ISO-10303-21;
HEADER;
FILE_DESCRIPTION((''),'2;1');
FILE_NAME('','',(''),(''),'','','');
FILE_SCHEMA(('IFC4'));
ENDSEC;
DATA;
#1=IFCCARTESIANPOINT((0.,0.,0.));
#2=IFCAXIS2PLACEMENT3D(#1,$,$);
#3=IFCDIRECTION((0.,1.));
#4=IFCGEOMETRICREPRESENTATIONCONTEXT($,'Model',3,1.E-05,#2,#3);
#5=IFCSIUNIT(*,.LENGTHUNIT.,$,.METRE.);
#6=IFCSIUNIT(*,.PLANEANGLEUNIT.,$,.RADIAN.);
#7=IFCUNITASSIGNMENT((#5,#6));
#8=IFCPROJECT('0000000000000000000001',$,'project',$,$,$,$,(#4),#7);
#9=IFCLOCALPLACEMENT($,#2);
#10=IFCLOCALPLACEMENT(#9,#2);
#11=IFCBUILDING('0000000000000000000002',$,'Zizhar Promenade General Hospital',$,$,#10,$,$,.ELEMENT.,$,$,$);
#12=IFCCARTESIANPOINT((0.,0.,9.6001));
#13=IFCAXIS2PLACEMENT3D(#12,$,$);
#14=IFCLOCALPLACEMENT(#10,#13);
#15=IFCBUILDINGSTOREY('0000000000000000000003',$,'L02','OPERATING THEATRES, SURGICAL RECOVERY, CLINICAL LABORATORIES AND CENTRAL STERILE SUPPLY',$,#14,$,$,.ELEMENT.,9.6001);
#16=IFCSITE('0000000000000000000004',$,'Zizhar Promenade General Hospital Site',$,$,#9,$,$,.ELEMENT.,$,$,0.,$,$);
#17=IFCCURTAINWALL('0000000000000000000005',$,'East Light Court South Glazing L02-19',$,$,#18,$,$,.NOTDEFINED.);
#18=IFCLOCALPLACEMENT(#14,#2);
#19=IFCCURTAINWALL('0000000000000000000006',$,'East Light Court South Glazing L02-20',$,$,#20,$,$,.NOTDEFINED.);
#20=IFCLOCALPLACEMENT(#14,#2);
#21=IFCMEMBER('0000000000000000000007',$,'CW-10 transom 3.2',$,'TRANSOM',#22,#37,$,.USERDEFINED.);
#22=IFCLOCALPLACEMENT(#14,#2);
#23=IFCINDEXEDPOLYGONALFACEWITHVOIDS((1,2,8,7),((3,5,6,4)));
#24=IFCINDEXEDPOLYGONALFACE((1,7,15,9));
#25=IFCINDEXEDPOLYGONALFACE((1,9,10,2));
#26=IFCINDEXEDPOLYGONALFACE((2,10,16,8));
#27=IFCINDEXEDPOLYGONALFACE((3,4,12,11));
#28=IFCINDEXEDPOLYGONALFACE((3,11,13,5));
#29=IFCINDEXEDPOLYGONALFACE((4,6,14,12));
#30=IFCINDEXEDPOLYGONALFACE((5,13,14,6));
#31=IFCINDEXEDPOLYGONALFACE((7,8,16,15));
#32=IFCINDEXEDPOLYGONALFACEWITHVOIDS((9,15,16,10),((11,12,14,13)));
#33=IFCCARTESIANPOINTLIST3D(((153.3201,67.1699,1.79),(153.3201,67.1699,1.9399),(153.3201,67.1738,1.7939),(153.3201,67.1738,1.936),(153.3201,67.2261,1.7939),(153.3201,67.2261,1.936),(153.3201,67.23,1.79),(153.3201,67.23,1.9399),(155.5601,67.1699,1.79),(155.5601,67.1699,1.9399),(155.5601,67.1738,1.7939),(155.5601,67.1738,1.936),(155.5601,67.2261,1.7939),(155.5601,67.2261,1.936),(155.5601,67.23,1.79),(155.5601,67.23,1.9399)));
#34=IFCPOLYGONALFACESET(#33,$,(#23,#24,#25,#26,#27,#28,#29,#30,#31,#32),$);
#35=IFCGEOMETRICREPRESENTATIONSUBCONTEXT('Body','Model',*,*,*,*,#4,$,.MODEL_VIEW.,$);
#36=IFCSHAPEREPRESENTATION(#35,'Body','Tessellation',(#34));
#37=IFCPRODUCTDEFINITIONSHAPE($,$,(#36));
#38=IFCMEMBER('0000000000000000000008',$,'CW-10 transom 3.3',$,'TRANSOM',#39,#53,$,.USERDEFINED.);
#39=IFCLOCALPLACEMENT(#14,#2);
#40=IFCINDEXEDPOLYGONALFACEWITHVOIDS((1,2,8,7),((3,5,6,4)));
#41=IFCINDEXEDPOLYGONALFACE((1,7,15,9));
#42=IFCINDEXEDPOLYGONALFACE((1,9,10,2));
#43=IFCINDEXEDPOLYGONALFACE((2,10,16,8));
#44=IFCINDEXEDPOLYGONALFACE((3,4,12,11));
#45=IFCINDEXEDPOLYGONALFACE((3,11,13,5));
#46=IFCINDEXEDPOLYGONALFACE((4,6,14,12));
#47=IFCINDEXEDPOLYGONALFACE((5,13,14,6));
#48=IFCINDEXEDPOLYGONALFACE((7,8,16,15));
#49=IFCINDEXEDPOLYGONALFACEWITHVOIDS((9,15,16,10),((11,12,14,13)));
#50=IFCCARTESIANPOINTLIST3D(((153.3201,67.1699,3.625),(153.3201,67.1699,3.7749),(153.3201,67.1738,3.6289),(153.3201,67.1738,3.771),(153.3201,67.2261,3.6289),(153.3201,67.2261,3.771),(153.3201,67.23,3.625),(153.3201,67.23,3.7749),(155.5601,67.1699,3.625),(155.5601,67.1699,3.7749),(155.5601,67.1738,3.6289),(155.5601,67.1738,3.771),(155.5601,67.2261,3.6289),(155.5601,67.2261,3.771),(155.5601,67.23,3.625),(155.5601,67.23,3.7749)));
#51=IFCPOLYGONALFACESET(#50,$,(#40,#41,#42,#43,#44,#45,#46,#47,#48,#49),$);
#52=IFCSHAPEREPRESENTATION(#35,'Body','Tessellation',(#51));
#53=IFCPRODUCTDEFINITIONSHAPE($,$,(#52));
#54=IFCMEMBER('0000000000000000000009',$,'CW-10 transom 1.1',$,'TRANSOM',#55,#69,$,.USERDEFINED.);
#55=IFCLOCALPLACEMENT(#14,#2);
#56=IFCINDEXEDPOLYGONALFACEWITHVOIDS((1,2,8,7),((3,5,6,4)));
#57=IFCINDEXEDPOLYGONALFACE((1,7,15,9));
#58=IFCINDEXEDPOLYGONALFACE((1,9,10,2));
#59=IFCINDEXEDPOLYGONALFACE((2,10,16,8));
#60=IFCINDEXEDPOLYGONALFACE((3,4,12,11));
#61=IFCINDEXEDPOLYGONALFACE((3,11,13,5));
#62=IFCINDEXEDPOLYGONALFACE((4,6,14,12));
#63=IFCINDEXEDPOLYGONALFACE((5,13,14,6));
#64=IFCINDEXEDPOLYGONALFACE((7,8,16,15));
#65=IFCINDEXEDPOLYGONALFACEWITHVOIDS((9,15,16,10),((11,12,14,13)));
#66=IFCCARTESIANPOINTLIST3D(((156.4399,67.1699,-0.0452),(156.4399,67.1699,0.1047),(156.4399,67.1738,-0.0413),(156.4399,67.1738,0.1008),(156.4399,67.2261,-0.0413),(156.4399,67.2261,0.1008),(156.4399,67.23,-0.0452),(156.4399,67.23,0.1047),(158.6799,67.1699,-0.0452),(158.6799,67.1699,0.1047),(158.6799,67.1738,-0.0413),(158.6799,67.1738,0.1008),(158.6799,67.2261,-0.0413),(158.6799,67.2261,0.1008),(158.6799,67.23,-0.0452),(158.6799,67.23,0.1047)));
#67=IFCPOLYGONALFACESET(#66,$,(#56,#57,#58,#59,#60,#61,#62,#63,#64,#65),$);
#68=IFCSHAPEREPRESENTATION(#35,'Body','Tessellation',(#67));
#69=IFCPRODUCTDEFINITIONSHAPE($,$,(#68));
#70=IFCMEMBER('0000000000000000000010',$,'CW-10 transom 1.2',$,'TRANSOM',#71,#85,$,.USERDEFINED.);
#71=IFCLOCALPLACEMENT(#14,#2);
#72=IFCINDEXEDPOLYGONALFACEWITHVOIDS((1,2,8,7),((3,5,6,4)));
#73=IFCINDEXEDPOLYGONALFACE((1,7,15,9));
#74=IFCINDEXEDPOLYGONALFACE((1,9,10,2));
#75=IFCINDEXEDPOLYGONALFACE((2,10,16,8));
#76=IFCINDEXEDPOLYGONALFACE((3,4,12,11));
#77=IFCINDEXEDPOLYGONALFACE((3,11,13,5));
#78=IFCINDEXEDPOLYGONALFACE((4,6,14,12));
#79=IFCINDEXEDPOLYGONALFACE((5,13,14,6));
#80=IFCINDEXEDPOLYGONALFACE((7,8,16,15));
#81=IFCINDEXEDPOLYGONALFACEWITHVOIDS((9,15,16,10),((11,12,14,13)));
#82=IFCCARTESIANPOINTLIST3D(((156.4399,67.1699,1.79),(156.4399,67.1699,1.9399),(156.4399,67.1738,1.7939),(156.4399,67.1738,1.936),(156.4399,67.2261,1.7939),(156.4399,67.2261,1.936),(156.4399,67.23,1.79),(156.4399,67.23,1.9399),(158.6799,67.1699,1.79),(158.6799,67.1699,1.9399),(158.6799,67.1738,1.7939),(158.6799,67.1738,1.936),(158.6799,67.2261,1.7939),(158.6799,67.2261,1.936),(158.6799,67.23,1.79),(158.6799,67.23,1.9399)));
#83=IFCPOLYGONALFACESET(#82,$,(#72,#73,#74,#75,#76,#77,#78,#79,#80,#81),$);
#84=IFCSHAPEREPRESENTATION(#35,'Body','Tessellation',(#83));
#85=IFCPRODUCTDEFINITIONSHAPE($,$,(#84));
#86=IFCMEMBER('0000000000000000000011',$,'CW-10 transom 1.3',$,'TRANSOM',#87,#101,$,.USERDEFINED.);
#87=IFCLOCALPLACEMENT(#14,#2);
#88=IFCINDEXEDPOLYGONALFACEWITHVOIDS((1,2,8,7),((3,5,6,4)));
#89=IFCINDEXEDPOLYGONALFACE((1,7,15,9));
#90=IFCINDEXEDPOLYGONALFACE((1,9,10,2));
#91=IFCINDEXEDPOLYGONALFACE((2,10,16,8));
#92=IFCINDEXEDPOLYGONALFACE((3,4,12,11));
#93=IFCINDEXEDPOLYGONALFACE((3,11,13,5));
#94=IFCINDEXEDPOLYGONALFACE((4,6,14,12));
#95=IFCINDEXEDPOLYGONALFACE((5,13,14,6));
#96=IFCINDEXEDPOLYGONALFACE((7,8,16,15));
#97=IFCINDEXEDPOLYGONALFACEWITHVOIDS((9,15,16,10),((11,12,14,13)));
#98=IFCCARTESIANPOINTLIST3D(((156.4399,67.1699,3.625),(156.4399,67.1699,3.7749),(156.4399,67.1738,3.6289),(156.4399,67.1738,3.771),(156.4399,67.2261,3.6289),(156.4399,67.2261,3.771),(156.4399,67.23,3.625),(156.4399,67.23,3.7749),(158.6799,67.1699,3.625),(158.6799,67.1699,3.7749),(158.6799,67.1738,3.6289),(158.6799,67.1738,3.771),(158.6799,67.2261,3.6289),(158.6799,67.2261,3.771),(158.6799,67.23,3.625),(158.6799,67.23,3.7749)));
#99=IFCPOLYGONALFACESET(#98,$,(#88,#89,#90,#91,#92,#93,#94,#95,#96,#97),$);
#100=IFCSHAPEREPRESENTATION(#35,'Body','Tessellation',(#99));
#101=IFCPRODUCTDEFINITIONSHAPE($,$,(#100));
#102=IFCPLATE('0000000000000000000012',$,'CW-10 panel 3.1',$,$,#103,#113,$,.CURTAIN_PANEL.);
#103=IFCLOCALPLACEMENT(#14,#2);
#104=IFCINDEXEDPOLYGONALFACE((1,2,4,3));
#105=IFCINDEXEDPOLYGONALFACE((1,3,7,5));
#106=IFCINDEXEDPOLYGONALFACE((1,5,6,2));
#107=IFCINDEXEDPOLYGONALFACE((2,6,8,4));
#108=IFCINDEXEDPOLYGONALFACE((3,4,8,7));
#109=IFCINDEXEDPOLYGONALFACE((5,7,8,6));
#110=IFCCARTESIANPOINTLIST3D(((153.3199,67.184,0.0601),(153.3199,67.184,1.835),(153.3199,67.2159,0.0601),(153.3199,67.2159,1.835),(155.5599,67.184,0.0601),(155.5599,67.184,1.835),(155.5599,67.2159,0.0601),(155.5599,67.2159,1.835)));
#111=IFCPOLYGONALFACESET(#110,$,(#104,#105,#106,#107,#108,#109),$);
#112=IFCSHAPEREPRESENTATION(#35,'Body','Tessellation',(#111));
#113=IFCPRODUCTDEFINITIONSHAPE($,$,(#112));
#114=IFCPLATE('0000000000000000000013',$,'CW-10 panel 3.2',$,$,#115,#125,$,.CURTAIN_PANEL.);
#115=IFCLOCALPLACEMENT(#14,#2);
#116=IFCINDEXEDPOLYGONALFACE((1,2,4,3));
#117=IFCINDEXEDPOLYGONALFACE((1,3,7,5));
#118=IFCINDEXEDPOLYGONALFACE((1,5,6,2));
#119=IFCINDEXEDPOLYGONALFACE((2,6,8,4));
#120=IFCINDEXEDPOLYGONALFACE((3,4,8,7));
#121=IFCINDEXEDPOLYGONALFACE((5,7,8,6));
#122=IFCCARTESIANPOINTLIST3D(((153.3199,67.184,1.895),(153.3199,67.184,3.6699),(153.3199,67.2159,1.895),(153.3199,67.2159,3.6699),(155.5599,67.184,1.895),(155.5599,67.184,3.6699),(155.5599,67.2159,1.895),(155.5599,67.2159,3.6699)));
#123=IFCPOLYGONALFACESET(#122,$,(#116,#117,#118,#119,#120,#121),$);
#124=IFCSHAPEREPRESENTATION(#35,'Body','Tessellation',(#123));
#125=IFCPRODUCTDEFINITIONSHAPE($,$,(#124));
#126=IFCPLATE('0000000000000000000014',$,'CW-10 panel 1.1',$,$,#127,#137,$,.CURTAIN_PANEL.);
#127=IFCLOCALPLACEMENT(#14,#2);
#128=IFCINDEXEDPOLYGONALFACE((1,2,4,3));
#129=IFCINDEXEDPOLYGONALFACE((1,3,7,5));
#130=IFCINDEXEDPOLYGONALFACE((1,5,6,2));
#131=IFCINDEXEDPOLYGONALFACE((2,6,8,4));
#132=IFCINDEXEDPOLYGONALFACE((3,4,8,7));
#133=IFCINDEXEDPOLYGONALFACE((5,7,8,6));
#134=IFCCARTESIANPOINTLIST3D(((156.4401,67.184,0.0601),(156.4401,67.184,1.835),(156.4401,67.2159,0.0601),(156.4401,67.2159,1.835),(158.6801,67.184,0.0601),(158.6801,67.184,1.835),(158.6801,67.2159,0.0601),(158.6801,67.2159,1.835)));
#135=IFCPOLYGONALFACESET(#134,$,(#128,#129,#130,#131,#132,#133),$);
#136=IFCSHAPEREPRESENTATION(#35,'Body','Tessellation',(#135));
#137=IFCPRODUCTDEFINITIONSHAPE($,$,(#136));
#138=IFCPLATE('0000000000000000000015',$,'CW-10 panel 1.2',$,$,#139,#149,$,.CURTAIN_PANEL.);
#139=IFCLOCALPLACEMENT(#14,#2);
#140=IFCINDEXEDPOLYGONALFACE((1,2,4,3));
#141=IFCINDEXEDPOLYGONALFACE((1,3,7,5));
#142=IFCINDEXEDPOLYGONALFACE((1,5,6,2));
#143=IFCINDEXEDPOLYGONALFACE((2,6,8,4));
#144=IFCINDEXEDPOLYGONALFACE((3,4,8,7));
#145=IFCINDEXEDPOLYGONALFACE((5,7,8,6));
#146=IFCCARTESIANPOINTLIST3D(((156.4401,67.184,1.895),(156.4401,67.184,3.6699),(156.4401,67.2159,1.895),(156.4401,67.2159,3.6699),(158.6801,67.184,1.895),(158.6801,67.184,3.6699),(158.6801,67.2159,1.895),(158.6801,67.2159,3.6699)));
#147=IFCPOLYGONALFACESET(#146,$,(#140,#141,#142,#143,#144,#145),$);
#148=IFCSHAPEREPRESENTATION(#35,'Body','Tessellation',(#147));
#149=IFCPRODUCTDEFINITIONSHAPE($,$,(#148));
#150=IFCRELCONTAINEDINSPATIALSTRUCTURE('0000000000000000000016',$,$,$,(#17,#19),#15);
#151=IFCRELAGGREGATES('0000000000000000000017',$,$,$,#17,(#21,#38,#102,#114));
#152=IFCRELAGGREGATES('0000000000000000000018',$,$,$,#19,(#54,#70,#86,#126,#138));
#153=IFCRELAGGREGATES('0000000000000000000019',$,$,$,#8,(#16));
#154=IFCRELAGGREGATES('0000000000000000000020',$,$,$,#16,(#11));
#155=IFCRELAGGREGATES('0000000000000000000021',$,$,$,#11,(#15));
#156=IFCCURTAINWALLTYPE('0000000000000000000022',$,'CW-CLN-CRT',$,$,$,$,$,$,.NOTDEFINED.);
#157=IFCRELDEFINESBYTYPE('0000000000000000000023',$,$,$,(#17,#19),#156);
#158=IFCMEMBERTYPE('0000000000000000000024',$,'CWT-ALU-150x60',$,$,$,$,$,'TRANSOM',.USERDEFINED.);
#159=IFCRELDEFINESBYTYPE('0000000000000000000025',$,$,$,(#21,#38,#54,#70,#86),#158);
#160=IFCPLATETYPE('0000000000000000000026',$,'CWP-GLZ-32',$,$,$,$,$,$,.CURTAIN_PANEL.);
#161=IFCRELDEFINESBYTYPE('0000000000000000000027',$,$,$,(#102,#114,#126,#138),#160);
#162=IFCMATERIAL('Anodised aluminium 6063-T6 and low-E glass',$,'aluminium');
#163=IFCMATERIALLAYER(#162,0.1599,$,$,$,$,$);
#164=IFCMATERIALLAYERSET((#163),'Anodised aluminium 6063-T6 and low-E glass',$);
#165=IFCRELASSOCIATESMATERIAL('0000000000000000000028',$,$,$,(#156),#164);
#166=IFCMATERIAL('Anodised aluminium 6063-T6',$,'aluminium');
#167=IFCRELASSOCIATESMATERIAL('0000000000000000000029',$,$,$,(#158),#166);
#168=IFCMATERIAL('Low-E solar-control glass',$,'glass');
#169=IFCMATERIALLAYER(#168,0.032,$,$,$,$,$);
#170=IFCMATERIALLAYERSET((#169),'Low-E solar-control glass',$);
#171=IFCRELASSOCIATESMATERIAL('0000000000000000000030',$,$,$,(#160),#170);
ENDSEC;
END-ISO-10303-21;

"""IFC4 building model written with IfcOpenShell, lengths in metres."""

from ifc_helpers import new_model, si_unit, direction, frame, origin, origin_2d, place, context, subcontext, project, spatial, rectangle, hollow_rectangle, extrude, material, layer, layer_set, material_profile, profile_set, type_object, element, aggregate, save


model = new_model("IFC4")

# Units and contexts
model_context = context("Model", 3, precision=1e-05, world=origin(), true_north=direction((0.0, 1.0)))
body_context = subcontext(model_context, "Body", "Model", "MODEL_VIEW")
ifc_project = project(units=[si_unit("LENGTHUNIT", "METRE"), si_unit("PLANEANGLEUNIT", "RADIAN")], contexts=[model_context])

# Site, building, storey
site_placement = place(None, origin())
site = spatial("IfcSite", under=ifc_project, at=site_placement, Name="Zizhar Promenade General Hospital Site", CompositionType="ELEMENT", RefElevation=0.0)
building_placement = place(site_placement, origin())
building = spatial("IfcBuilding", under=site, at=building_placement, Name="Zizhar Promenade General Hospital", CompositionType="ELEMENT")
storey_placement = place(building_placement, frame((0.0, 0.0, 9.6001)))
storey = spatial("IfcBuildingStorey", under=building, at=storey_placement, Name="L02", Description="OPERATING THEATRES, SURGICAL RECOVERY, CLINICAL LABORATORIES AND CENTRAL STERILE SUPPLY", CompositionType="ELEMENT", Elevation=9.6001)

# Curtain walls
ifc_material_1 = material(Name="Anodised aluminium 6063-T6 and low-E glass", Category="aluminium")
ifc_layer_1 = layer(ifc_material_1, 0.1599)
ifc_layer_set_1 = layer_set([ifc_layer_1], Name="Anodised aluminium 6063-T6 and low-E glass")
curtain_wall_type = type_object("IfcCurtainWallType", Name="CW-CLN-CRT", PredefinedType="NOTDEFINED", material=ifc_layer_set_1)
curtain_wall_1_placement = place(storey_placement, origin())
curtain_wall_1 = element("IfcCurtainWall", 1, at=curtain_wall_1_placement, inside=storey, type_object=curtain_wall_type, Name="East Light Court South Glazing L02-19", PredefinedType="NOTDEFINED")
curtain_wall_2_placement = place(storey_placement, origin())
curtain_wall_2 = element("IfcCurtainWall", 2, at=curtain_wall_2_placement, inside=storey, type_object=curtain_wall_type, Name="East Light Court South Glazing L02-20", PredefinedType="NOTDEFINED")

# Members
ifc_material_2 = material(Name="Anodised aluminium 6063-T6", Category="aluminium")
ifc_material_profile_1 = material_profile(ifc_material_2, hollow_rectangle(XDim=0.0601, YDim=0.1499, WallThickness=0.0039, at=origin_2d()))
ifc_profile_set_1 = profile_set([ifc_material_profile_1], Name="Anodised aluminium 6063-T6")
member_type_1 = type_object("IfcMemberType", Name="CWT-ALU-150x60", ElementType="TRANSOM", PredefinedType="USERDEFINED", material=ifc_profile_set_1)
member_1_placement = place(storey_placement, frame((153.3201, 67.2, 1.865), z_axis=(1.0, 0.0, 0.0), x_axis=(0.0, 1.0, 0.0)))
member_1 = element("IfcMember", 3, at=member_1_placement, type_object=member_type_1, Name="CW-10 transom 3.2", ObjectType="TRANSOM", PredefinedType="USERDEFINED", context=body_context, shape_type="SweptSolid", body=[
    extrude(hollow_rectangle(XDim=0.0601, YDim=0.1499, WallThickness=0.0039, at=origin_2d()), origin(), (0.0, 0.0, 1.0), 2.24),
])
member_2_placement = place(storey_placement, frame((153.3201, 67.2, 3.7), z_axis=(1.0, 0.0, 0.0), x_axis=(0.0, 1.0, 0.0)))
member_2 = element("IfcMember", 4, at=member_2_placement, type_object=member_type_1, Name="CW-10 transom 3.3", ObjectType="TRANSOM", PredefinedType="USERDEFINED", context=body_context, shape_type="SweptSolid", body=[
    extrude(hollow_rectangle(XDim=0.0601, YDim=0.1499, WallThickness=0.0039, at=origin_2d()), origin(), (0.0, 0.0, 1.0), 2.24),
])
member_3_placement = place(storey_placement, frame((156.4399, 67.2, 0.0298), z_axis=(1.0, 0.0, 0.0), x_axis=(0.0, 1.0, 0.0)))
member_3 = element("IfcMember", 5, at=member_3_placement, type_object=member_type_1, Name="CW-10 transom 1.1", ObjectType="TRANSOM", PredefinedType="USERDEFINED", context=body_context, shape_type="SweptSolid", body=[
    extrude(hollow_rectangle(XDim=0.0601, YDim=0.1499, WallThickness=0.0039, at=origin_2d()), origin(), (0.0, 0.0, 1.0), 2.24),
])
member_4_placement = place(storey_placement, frame((156.4399, 67.2, 1.865), z_axis=(1.0, 0.0, 0.0), x_axis=(0.0, 1.0, 0.0)))
member_4 = element("IfcMember", 6, at=member_4_placement, type_object=member_type_1, Name="CW-10 transom 1.2", ObjectType="TRANSOM", PredefinedType="USERDEFINED", context=body_context, shape_type="SweptSolid", body=[
    extrude(hollow_rectangle(XDim=0.0601, YDim=0.1499, WallThickness=0.0039, at=origin_2d()), origin(), (0.0, 0.0, 1.0), 2.24),
])
member_5_placement = place(storey_placement, frame((156.4399, 67.2, 3.7), z_axis=(1.0, 0.0, 0.0), x_axis=(0.0, 1.0, 0.0)))
member_5 = element("IfcMember", 7, at=member_5_placement, type_object=member_type_1, Name="CW-10 transom 1.3", ObjectType="TRANSOM", PredefinedType="USERDEFINED", context=body_context, shape_type="SweptSolid", body=[
    extrude(hollow_rectangle(XDim=0.0601, YDim=0.1499, WallThickness=0.0039, at=origin_2d()), origin(), (0.0, 0.0, 1.0), 2.24),
])

# Plates
ifc_material_3 = material(Name="Low-E solar-control glass", Category="glass")
ifc_layer_2 = layer(ifc_material_3, 0.032)
ifc_layer_set_2 = layer_set([ifc_layer_2], Name="Low-E solar-control glass")
plate_type = type_object("IfcPlateType", Name="CWP-GLZ-32", PredefinedType="CURTAIN_PANEL", material=ifc_layer_set_2)
plate_1_placement = place(storey_placement, frame((154.4399, 67.2, 0.0601), z_axis=(0.0, 0.0, 1.0), x_axis=(1.0, 0.0, 0.0)))
plate_1 = element("IfcPlate", 8, at=plate_1_placement, type_object=plate_type, Name="CW-10 panel 3.1", PredefinedType="CURTAIN_PANEL", context=body_context, shape_type="SweptSolid", body=[
    extrude(rectangle(XDim=2.24, YDim=0.032, at=origin_2d()), origin(), (0.0, 0.0, 1.0), 1.7749),
])
plate_2_placement = place(storey_placement, frame((154.4399, 67.2, 1.895), z_axis=(0.0, 0.0, 1.0), x_axis=(1.0, 0.0, 0.0)))
plate_2 = element("IfcPlate", 9, at=plate_2_placement, type_object=plate_type, Name="CW-10 panel 3.2", PredefinedType="CURTAIN_PANEL", context=body_context, shape_type="SweptSolid", body=[
    extrude(rectangle(XDim=2.24, YDim=0.032, at=origin_2d()), origin(), (0.0, 0.0, 1.0), 1.7749),
])
aggregate(curtain_wall_1, [member_1, member_2, plate_1, plate_2])
plate_3_placement = place(storey_placement, frame((157.5601, 67.2, 0.0601), z_axis=(0.0, 0.0, 1.0), x_axis=(1.0, 0.0, 0.0)))
plate_3 = element("IfcPlate", 10, at=plate_3_placement, type_object=plate_type, Name="CW-10 panel 1.1", PredefinedType="CURTAIN_PANEL", context=body_context, shape_type="SweptSolid", body=[
    extrude(rectangle(XDim=2.24, YDim=0.032, at=origin_2d()), origin(), (0.0, 0.0, 1.0), 1.7749),
])
plate_4_placement = place(storey_placement, frame((157.5601, 67.2, 1.895), z_axis=(0.0, 0.0, 1.0), x_axis=(1.0, 0.0, 0.0)))
plate_4 = element("IfcPlate", 11, at=plate_4_placement, type_object=plate_type, Name="CW-10 panel 1.2", PredefinedType="CURTAIN_PANEL", context=body_context, shape_type="SweptSolid", body=[
    extrude(rectangle(XDim=2.24, YDim=0.032, at=origin_2d()), origin(), (0.0, 0.0, 1.0), 1.7749),
])
aggregate(curtain_wall_2, [member_3, member_4, member_5, plate_3, plate_4])

save(model, "model.ifc")
